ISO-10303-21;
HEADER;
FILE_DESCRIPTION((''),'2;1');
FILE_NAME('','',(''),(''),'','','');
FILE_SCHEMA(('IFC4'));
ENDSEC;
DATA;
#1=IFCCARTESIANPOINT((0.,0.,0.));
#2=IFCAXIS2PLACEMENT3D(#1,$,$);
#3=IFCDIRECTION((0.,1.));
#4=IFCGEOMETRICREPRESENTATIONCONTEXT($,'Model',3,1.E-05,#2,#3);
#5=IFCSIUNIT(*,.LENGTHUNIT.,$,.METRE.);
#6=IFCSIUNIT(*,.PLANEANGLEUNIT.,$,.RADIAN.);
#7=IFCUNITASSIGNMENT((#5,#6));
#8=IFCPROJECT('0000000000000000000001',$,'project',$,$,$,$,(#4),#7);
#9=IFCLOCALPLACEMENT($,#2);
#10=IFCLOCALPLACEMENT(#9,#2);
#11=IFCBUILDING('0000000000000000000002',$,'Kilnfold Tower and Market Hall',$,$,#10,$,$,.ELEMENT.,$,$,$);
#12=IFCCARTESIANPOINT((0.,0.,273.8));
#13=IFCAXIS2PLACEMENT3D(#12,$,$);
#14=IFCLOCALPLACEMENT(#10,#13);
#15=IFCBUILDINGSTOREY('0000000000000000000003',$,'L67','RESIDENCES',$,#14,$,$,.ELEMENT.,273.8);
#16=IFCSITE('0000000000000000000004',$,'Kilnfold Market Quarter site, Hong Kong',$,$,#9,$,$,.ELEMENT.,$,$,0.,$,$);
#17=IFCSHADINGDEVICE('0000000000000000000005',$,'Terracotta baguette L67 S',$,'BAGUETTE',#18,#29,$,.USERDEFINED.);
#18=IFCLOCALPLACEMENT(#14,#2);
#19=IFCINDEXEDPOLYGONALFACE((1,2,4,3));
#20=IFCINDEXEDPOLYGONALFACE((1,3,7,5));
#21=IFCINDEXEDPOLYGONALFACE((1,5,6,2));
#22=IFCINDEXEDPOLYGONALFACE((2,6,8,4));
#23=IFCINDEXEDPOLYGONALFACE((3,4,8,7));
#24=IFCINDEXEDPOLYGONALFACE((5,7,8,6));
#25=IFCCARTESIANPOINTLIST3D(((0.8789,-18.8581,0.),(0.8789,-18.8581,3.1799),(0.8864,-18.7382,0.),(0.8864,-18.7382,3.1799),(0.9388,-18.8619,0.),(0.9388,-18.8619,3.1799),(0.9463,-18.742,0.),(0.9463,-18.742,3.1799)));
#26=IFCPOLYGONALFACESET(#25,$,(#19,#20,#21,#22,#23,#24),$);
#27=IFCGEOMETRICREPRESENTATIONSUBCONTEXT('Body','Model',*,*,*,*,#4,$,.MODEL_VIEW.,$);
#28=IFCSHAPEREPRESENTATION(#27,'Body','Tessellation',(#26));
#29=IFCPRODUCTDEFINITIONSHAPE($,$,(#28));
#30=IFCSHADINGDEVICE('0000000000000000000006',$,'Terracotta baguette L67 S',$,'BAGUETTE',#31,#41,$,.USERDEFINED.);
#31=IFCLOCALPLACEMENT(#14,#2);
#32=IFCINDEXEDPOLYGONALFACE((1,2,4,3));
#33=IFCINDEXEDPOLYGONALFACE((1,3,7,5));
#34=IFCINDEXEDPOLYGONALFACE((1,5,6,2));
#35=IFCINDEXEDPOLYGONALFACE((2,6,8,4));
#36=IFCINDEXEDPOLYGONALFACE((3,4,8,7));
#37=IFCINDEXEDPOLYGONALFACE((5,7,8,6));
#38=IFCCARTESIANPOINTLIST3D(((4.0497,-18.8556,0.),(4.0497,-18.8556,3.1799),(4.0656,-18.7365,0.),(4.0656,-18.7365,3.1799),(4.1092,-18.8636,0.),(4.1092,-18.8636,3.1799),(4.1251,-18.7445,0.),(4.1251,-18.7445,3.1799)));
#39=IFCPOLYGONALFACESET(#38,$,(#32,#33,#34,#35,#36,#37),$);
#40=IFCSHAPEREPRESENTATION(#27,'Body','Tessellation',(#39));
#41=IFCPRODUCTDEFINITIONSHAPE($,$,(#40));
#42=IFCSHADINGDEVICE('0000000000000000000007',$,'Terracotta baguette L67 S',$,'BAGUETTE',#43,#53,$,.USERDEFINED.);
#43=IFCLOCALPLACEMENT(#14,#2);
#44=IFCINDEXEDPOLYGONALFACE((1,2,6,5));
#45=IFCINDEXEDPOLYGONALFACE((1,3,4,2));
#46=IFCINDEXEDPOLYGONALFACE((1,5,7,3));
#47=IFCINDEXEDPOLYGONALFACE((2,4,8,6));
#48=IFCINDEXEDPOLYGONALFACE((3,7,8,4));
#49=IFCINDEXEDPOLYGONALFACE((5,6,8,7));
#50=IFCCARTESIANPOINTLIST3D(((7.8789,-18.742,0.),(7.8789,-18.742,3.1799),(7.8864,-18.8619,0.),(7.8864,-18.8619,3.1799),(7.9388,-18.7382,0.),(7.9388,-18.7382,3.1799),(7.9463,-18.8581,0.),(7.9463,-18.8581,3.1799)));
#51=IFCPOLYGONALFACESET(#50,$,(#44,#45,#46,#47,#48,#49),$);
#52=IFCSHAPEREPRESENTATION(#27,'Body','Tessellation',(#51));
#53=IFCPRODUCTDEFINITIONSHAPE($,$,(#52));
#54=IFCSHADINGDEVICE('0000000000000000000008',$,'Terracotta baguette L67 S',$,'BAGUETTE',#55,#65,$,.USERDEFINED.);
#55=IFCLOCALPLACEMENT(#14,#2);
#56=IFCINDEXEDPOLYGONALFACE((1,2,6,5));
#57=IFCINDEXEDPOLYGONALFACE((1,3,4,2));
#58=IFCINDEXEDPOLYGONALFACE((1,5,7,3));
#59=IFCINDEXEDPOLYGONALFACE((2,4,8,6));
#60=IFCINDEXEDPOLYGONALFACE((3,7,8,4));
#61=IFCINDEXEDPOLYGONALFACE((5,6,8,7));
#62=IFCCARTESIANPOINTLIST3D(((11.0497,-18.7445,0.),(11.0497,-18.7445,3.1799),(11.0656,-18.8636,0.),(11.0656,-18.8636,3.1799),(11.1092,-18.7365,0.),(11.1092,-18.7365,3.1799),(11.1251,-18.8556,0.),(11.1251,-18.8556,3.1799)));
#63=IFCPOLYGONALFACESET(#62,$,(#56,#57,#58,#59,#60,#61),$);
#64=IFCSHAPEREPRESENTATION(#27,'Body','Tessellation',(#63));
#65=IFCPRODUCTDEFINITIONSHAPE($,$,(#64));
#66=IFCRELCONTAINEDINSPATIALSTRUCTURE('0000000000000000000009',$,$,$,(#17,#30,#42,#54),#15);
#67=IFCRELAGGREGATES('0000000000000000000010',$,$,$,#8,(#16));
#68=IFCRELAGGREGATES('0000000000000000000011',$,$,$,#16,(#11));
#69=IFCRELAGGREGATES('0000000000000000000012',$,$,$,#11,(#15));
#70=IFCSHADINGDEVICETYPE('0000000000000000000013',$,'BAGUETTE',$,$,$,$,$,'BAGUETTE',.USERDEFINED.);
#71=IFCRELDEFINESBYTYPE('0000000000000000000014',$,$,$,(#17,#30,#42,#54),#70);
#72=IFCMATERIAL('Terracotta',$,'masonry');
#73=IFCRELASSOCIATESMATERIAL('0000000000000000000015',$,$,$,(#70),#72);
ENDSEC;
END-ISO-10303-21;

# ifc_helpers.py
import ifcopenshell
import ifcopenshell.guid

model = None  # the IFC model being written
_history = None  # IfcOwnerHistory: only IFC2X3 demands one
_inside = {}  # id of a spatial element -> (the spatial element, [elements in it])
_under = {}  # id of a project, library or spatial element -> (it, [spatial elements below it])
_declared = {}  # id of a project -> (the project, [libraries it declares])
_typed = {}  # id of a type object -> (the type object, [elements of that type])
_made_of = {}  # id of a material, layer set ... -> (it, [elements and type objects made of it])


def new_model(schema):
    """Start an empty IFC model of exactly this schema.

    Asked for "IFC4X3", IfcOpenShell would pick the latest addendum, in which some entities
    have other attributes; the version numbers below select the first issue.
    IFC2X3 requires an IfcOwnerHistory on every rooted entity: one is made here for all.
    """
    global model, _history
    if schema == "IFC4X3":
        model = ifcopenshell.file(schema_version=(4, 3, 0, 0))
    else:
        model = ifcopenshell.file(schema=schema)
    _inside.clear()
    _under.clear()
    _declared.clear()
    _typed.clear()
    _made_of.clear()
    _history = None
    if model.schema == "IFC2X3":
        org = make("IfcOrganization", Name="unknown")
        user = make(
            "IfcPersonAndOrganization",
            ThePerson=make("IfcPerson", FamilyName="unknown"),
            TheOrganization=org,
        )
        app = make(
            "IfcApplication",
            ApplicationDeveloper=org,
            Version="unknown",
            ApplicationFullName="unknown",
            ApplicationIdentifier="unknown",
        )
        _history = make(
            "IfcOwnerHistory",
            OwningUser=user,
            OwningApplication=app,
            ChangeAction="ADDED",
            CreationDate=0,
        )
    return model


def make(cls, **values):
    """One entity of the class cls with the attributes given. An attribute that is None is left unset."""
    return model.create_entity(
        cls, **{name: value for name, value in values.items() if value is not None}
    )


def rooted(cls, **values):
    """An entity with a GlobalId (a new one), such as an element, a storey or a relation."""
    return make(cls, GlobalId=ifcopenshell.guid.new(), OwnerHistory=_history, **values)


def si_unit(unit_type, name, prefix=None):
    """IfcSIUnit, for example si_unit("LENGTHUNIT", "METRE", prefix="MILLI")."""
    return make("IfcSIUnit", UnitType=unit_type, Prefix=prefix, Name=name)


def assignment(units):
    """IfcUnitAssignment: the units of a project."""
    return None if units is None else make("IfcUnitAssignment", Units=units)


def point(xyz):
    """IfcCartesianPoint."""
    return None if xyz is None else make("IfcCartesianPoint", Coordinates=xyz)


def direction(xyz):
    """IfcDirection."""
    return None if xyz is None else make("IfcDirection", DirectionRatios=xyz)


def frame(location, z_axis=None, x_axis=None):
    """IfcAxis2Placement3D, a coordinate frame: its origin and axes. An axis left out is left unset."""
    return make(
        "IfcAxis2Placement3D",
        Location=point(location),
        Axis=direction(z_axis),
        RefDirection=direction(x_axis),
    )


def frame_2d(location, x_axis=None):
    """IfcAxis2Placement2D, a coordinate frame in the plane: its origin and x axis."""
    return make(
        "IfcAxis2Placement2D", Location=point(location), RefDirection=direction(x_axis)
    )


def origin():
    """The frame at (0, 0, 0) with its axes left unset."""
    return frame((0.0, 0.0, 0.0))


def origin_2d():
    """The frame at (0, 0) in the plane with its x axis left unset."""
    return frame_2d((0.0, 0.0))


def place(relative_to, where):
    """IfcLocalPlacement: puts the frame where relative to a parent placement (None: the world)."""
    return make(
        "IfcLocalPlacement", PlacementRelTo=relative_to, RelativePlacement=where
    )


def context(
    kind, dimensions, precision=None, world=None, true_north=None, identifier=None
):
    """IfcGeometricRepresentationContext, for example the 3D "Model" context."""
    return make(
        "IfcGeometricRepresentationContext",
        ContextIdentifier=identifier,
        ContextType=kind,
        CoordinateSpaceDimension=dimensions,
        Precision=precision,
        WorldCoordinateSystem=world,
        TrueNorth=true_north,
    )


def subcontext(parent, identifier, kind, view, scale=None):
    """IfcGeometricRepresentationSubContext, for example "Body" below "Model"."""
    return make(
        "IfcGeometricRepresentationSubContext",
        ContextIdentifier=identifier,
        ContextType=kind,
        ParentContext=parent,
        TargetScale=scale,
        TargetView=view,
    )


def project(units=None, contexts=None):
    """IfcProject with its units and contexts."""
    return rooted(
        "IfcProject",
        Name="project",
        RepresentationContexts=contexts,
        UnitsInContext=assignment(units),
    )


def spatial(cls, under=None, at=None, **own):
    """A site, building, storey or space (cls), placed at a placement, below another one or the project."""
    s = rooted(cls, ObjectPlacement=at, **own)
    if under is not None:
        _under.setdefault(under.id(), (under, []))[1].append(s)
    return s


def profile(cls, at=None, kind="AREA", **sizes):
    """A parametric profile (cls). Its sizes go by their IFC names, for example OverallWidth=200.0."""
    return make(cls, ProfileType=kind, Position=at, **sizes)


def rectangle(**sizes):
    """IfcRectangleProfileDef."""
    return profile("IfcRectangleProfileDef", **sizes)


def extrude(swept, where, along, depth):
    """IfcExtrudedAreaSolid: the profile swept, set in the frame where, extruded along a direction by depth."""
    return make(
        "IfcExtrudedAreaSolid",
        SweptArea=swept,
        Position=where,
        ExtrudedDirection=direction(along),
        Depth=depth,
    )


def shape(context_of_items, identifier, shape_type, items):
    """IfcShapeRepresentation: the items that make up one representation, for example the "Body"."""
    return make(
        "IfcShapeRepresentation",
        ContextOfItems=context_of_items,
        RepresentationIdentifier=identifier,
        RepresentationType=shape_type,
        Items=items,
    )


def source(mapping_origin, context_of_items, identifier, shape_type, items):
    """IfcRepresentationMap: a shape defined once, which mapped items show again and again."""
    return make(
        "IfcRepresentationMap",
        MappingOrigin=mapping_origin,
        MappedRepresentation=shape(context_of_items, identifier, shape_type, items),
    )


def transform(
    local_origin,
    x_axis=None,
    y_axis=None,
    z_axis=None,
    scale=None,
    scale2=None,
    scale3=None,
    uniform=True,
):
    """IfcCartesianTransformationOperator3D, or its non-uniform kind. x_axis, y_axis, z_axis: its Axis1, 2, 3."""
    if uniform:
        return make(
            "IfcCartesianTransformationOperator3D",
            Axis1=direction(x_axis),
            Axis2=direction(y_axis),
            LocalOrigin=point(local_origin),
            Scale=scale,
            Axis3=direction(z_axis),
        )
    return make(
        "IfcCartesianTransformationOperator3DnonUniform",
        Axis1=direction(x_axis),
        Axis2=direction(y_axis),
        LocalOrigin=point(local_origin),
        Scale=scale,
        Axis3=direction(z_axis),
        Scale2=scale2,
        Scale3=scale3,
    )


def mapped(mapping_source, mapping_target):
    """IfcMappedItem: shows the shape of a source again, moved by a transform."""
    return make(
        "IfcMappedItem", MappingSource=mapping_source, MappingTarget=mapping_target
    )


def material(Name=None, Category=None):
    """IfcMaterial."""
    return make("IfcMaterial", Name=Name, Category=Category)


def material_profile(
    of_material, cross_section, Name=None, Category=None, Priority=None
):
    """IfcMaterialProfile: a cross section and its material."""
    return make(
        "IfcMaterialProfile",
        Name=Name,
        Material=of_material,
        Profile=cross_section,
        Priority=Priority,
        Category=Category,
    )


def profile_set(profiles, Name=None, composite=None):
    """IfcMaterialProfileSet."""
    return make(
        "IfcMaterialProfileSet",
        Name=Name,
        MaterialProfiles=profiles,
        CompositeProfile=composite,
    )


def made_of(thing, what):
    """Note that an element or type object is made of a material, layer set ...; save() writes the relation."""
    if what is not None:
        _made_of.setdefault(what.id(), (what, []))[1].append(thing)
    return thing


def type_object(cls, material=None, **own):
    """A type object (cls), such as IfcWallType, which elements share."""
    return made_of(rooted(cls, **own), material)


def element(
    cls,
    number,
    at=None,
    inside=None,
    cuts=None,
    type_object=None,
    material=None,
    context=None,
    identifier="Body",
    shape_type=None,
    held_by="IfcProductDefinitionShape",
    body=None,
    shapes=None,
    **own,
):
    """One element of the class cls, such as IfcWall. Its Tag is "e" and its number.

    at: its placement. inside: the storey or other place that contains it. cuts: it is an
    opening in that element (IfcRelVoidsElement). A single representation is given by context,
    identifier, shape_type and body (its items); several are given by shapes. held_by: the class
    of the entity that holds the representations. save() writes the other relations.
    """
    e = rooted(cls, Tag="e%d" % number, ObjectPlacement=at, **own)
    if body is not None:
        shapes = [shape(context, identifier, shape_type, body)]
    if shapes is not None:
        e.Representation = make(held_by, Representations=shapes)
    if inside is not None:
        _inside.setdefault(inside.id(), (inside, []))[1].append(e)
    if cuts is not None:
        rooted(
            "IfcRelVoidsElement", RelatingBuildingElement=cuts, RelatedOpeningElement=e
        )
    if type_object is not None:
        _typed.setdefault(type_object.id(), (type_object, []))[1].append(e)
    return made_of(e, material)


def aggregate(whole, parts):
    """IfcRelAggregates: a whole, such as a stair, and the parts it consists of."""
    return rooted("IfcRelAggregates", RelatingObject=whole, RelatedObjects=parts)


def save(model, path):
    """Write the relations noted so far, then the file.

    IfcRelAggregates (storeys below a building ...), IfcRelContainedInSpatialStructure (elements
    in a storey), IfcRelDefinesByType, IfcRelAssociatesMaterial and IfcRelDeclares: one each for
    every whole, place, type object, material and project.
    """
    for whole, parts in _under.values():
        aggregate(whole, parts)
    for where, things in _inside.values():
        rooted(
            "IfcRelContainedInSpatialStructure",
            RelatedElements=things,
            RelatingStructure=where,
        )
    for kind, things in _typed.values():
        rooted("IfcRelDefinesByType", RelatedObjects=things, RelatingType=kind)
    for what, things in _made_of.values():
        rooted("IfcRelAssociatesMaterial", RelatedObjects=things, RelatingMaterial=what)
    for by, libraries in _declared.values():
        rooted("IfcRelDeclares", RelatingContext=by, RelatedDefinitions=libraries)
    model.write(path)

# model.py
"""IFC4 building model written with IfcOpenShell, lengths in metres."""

from ifc_helpers import new_model, si_unit, direction, frame, origin, origin_2d, place, context, subcontext, project, spatial, rectangle, extrude, source, transform, mapped, material, material_profile, profile_set, type_object, element, save


model = new_model("IFC4")

# Units and contexts
model_context = context("Model", 3, precision=1e-05, world=origin(), true_north=direction((0.0, 1.0)))
body_context = subcontext(model_context, "Body", "Model", "MODEL_VIEW")
ifc_project = project(units=[si_unit("LENGTHUNIT", "METRE"), si_unit("PLANEANGLEUNIT", "RADIAN")], contexts=[model_context])

# Site, building, storey
site_placement = place(None, origin())
site = spatial("IfcSite", under=ifc_project, at=site_placement, Name="Kilnfold Market Quarter site, Hong Kong", CompositionType="ELEMENT", RefElevation=0.0)
building_placement = place(site_placement, origin())
building = spatial("IfcBuilding", under=site, at=building_placement, Name="Kilnfold Tower and Market Hall", CompositionType="ELEMENT")
storey_placement = place(building_placement, frame((0.0, 0.0, 273.8)))
storey = spatial("IfcBuildingStorey", under=building, at=storey_placement, Name="L67", Description="RESIDENCES", CompositionType="ELEMENT", Elevation=273.8)

# Shading devices
ifc_material_1 = material(Name="Terracotta", Category="masonry")
ifc_material_profile_1 = material_profile(ifc_material_1, rectangle(XDim=0.0601, YDim=0.1201, at=origin_2d()), Name="BAG 60x120")
ifc_profile_set_1 = profile_set([ifc_material_profile_1], Name="Terracotta")
shading_device_type = type_object("IfcShadingDeviceType", Name="BAGUETTE", ElementType="BAGUETTE", PredefinedType="USERDEFINED", material=ifc_profile_set_1)
shared_shape_1 = source(origin(), body_context, "Body", "SweptSolid", [
    extrude(rectangle(XDim=0.0601, YDim=0.1201, at=origin_2d()), origin(), (0.0, 0.0, 1.0), 3.1799),
])
for number, where, z_axis, x_axis, name in (
    (1, (0.9126, -18.8, 0.0), (0.0, 0.0, 1.0), (0.99806, -0.062257, 0.0), "Terracotta baguette L67 S"),
    (2, (4.0874, -18.8, 0.0), (0.0, 0.0, 1.0), (0.99121, -0.132296, 0.0), "Terracotta baguette L67 S"),
    (3, (7.9126, -18.8, 0.0), (0.0, 0.0, 1.0), (0.99806, 0.062257, 0.0), "Terracotta baguette L67 S"),
    (4, (11.0874, -18.8, 0.0), (0.0, 0.0, 1.0), (0.99121, 0.132296, 0.0), "Terracotta baguette L67 S"),
):
    element("IfcShadingDevice", number, at=place(storey_placement, frame(where, z_axis=z_axis, x_axis=x_axis)), inside=storey, type_object=shading_device_type, Name=name, ObjectType="BAGUETTE", PredefinedType="USERDEFINED", context=body_context, shape_type="MappedRepresentation", body=[
        mapped(shared_shape_1, transform((0.0, 0.0, 0.0))),
    ])

save(model, "model.ifc")
